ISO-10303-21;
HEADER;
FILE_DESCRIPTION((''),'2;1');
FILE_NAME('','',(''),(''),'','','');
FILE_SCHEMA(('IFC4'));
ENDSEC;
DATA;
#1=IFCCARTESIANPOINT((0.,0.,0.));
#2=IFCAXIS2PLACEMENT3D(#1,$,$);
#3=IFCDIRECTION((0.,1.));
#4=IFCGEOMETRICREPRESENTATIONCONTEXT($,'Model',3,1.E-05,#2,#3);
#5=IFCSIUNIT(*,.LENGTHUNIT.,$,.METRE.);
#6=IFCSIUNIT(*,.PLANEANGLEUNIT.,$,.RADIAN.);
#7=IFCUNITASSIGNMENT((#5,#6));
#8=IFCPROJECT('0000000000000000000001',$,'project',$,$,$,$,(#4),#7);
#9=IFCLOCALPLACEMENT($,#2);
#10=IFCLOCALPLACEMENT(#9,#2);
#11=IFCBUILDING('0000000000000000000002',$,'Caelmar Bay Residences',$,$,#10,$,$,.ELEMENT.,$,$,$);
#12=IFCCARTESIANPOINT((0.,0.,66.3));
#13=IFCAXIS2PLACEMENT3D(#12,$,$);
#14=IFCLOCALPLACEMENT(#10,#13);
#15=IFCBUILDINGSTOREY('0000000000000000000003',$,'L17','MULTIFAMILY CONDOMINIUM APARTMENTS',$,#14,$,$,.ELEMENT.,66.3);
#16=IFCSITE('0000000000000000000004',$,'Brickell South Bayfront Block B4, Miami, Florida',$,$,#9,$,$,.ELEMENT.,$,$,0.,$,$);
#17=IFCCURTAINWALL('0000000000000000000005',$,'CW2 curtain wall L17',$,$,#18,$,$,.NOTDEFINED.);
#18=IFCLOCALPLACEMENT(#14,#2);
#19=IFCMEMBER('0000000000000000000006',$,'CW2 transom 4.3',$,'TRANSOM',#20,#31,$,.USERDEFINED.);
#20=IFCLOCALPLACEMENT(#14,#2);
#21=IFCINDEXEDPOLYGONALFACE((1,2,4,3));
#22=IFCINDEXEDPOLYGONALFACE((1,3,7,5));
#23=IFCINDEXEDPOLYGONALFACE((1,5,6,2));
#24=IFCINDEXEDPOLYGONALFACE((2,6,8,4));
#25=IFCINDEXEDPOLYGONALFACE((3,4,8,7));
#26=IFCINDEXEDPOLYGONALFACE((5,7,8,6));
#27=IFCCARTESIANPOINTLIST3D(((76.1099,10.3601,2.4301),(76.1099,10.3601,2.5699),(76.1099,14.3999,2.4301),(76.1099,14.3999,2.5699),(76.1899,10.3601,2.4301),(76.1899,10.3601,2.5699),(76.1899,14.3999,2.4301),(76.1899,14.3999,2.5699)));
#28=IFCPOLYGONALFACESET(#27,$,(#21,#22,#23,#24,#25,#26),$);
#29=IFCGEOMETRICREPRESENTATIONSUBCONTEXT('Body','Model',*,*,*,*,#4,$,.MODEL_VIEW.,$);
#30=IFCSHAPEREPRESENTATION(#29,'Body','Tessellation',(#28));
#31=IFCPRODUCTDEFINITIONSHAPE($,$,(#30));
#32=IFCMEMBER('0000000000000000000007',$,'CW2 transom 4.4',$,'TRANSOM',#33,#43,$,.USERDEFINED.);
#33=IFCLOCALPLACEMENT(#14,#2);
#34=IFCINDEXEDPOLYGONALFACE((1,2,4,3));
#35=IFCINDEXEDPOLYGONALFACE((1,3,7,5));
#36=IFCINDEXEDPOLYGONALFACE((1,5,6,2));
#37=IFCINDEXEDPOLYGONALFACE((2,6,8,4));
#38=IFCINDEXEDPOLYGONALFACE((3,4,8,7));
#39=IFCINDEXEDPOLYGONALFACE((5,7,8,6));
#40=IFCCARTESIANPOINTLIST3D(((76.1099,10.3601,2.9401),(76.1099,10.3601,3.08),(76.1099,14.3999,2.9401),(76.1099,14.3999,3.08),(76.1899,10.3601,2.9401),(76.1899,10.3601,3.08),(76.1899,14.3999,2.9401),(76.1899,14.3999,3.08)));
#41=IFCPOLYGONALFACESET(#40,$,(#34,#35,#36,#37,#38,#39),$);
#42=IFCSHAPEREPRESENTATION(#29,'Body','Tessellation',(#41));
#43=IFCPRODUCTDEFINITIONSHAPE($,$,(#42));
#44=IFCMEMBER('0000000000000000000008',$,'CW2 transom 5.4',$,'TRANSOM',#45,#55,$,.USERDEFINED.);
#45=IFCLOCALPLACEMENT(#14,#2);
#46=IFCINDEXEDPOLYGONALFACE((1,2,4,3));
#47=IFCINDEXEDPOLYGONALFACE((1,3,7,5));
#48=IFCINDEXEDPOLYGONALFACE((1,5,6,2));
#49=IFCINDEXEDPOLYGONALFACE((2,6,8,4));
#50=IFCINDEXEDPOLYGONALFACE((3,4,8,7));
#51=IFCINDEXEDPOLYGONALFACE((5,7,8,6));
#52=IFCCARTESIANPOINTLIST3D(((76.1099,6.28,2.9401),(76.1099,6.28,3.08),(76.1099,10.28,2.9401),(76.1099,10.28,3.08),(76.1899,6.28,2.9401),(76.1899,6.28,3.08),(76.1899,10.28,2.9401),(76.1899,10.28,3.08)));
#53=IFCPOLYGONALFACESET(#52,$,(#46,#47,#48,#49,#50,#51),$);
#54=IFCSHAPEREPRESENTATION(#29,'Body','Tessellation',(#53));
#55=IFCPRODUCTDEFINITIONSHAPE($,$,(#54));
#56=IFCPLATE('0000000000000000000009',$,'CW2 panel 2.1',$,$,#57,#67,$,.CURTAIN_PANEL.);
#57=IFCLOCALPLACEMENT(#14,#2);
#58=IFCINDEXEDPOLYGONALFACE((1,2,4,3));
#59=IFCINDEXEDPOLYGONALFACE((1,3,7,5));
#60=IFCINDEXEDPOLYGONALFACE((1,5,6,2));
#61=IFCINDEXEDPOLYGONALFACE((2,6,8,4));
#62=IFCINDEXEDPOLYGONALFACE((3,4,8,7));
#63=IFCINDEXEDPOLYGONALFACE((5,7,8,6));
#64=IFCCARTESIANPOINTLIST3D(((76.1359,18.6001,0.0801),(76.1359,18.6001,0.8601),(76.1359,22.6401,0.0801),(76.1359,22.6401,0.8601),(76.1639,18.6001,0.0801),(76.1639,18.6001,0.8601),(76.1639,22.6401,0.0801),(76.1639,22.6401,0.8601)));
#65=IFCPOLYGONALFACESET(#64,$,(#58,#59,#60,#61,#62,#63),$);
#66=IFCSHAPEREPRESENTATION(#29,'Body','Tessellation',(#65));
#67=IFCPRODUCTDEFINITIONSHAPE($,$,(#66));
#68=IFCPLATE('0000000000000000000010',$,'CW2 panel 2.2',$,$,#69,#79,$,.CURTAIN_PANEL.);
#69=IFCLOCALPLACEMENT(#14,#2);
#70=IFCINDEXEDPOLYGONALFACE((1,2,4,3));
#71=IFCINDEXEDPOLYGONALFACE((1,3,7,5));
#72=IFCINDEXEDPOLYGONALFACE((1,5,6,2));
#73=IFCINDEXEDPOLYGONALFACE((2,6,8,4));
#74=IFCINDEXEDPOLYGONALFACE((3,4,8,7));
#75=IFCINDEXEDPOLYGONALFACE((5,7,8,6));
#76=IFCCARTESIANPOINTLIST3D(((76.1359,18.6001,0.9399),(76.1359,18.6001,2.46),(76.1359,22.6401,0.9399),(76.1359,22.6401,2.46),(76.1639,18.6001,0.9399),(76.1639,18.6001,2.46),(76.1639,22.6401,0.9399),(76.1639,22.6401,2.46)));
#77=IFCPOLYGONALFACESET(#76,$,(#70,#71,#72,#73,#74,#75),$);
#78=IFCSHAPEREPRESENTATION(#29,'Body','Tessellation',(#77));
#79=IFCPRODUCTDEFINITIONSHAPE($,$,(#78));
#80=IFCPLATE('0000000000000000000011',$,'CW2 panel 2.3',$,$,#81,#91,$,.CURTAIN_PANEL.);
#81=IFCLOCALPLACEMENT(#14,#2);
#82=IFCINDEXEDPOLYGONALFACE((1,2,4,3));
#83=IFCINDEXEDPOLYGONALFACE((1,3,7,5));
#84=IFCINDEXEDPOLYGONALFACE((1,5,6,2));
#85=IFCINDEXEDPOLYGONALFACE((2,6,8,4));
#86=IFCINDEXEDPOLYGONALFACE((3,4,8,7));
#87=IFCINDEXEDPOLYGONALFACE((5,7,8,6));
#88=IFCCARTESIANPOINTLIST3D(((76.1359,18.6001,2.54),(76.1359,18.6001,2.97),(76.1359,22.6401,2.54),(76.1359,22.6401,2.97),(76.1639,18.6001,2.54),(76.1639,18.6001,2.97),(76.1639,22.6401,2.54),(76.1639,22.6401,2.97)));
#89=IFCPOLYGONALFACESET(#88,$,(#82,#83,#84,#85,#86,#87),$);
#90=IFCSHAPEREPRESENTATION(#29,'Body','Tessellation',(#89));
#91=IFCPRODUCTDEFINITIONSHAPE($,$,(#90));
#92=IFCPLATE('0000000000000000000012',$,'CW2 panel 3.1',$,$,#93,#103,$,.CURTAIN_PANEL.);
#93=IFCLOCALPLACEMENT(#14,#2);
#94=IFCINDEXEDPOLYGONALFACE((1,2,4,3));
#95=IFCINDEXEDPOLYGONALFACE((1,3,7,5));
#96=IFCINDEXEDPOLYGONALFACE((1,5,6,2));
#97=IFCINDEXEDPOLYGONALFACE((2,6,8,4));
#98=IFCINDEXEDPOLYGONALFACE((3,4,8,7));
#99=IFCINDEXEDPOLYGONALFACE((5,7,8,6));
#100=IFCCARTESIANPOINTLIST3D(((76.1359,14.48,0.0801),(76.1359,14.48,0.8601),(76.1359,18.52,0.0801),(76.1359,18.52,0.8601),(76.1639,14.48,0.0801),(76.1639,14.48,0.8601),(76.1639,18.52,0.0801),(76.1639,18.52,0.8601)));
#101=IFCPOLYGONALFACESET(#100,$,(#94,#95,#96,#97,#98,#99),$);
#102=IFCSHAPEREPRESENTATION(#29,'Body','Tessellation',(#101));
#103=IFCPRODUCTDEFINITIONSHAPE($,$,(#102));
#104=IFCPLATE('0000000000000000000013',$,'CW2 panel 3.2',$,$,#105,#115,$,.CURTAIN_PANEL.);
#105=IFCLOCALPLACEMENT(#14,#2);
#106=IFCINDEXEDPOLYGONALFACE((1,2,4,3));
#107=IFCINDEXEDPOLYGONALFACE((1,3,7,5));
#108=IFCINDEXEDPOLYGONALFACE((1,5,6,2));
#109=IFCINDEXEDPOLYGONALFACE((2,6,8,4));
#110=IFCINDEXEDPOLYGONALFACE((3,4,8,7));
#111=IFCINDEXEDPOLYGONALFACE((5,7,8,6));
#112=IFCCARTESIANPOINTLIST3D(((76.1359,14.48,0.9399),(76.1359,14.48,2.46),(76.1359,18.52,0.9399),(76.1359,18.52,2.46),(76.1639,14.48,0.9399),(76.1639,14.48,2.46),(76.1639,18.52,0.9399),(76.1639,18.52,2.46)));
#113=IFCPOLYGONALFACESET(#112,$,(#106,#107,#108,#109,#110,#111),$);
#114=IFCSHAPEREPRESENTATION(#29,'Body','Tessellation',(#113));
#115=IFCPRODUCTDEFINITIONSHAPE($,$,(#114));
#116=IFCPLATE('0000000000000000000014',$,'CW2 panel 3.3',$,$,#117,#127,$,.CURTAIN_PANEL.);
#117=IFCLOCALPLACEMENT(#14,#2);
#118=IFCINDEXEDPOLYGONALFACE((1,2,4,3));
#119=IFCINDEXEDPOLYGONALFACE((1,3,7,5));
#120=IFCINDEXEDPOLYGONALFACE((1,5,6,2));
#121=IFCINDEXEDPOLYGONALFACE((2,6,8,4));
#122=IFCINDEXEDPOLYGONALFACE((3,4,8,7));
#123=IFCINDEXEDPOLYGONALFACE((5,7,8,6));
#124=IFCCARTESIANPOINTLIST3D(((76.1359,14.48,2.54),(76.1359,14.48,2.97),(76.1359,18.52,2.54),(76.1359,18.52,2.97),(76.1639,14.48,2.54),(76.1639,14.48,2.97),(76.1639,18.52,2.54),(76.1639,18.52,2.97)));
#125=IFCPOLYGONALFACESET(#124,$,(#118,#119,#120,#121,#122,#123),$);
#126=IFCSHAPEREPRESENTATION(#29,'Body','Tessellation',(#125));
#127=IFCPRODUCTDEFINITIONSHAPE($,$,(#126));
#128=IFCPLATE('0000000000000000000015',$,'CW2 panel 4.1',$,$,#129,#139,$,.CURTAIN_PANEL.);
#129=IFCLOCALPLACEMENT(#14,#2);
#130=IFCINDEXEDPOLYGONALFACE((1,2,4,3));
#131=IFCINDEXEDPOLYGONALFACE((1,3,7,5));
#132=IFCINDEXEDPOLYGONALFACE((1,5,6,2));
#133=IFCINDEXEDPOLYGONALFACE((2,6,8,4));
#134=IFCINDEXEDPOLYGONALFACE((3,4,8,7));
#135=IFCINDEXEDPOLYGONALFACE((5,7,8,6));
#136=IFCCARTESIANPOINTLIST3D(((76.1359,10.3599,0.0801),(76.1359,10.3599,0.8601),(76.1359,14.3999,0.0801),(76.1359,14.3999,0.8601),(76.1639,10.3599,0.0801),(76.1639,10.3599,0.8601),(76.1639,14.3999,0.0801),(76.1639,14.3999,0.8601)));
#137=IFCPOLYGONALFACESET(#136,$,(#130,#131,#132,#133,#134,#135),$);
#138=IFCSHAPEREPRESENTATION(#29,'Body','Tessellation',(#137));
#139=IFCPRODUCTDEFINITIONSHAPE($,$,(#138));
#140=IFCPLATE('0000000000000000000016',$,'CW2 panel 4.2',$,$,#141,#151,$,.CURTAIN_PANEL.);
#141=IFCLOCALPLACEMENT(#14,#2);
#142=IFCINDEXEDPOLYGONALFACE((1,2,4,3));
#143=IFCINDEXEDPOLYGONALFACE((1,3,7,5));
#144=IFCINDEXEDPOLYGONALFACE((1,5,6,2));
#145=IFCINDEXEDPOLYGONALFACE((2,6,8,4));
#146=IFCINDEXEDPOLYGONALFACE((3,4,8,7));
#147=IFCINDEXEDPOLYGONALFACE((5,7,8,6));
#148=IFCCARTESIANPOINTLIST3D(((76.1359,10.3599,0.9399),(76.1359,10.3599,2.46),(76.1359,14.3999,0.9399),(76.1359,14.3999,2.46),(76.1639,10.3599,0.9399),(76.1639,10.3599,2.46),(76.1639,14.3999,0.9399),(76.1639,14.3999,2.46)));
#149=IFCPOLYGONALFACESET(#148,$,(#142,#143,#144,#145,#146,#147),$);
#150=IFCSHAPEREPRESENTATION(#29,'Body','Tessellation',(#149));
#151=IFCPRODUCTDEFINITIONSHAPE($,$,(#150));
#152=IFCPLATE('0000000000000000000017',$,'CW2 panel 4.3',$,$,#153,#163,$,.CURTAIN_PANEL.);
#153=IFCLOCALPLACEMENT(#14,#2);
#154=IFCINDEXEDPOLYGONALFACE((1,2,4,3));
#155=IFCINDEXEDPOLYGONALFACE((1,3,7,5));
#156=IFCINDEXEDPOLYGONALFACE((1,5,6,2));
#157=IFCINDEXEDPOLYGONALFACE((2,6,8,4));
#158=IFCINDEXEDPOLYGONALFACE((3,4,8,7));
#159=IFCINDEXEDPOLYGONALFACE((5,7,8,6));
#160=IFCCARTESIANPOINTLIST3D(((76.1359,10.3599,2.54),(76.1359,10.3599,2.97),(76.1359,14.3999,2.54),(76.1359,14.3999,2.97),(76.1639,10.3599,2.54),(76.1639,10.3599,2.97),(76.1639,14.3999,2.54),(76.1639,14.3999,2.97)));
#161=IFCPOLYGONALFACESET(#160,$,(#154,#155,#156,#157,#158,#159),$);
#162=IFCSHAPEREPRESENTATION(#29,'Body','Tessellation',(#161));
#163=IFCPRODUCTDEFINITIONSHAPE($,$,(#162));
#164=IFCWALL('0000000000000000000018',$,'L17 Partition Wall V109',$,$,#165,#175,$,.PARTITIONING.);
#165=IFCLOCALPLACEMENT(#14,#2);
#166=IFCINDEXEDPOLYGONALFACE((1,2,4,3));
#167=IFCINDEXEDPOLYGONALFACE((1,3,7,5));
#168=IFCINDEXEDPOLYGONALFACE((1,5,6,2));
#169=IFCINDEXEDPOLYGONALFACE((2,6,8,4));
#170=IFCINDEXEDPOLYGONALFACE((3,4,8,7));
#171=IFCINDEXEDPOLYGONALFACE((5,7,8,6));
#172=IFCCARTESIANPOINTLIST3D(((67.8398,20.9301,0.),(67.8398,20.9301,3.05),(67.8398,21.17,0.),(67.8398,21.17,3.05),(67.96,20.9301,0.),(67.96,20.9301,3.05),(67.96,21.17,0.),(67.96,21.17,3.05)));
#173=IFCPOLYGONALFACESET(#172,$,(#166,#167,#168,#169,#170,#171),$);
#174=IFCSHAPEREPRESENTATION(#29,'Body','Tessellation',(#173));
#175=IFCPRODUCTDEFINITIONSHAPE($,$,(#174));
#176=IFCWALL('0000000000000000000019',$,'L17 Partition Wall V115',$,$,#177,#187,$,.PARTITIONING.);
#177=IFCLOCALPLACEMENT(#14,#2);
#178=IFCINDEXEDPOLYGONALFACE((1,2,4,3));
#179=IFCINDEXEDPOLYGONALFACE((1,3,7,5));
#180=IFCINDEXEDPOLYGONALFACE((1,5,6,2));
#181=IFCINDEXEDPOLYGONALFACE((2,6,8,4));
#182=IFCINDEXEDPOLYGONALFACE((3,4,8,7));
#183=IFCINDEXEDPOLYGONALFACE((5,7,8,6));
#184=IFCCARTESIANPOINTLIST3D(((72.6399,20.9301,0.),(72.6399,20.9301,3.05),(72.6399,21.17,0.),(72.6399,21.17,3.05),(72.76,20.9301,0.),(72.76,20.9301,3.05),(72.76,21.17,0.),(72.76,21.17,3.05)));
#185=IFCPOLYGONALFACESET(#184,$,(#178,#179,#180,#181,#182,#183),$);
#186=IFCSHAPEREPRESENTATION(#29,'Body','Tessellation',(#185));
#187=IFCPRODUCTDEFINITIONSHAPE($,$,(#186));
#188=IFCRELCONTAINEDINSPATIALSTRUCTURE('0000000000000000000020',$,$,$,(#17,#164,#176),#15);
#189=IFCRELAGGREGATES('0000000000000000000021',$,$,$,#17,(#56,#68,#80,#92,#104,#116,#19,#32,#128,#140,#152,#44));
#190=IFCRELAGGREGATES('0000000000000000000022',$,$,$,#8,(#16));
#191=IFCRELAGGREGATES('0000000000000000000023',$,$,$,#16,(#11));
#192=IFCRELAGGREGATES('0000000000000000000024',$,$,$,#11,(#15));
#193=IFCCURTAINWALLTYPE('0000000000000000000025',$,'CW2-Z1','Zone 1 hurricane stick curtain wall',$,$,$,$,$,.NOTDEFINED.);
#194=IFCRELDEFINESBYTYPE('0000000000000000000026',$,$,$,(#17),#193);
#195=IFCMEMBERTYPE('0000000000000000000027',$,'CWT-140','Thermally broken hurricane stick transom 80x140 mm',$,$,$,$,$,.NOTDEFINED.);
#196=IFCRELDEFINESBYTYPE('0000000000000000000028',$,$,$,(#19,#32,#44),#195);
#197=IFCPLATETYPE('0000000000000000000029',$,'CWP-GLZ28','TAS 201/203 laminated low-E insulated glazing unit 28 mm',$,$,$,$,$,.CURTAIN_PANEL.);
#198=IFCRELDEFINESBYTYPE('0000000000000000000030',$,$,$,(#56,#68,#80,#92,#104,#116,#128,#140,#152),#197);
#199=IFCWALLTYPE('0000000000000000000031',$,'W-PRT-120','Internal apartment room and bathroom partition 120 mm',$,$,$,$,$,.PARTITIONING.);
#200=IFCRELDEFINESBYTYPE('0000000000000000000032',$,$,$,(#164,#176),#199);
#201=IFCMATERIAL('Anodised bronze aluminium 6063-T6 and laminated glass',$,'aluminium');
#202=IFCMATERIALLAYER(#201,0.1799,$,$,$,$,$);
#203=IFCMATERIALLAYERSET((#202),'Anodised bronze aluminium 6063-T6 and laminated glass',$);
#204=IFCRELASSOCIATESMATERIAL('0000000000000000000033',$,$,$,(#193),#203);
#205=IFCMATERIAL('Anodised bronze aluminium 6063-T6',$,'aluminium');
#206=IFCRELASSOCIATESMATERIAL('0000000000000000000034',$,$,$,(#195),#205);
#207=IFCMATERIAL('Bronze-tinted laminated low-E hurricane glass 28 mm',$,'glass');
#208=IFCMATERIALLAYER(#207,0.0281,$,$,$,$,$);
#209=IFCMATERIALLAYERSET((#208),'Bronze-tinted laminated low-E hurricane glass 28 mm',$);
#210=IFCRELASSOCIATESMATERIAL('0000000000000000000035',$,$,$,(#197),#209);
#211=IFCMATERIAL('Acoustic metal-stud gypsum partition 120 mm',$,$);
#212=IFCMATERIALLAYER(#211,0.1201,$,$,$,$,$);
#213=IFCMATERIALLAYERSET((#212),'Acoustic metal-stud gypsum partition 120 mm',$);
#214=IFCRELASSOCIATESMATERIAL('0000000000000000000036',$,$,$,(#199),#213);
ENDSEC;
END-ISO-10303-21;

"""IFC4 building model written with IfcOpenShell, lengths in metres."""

from ifc_helpers import new_model, si_unit, direction, frame, frame_2d, origin, origin_2d, place, context, subcontext, project, spatial, rectangle, extrude, material, layer, layer_set, material_profile, profile_set, type_object, element, aggregate, save


model = new_model("IFC4")

# Units and contexts
model_context = context("Model", 3, precision=1e-05, world=origin(), true_north=direction((0.0, 1.0)))
body_context = subcontext(model_context, "Body", "Model", "MODEL_VIEW")
ifc_project = project(units=[si_unit("LENGTHUNIT", "METRE"), si_unit("PLANEANGLEUNIT", "RADIAN")], contexts=[model_context])

# Site, building, storey
site_placement = place(None, origin())
site = spatial("IfcSite", under=ifc_project, at=site_placement, Name="Brickell South Bayfront Block B4, Miami, Florida", CompositionType="ELEMENT", RefElevation=0.0)
building_placement = place(site_placement, origin())
building = spatial("IfcBuilding", under=site, at=building_placement, Name="Caelmar Bay Residences", CompositionType="ELEMENT")
storey_placement = place(building_placement, frame((0.0, 0.0, 66.3)))
storey = spatial("IfcBuildingStorey", under=building, at=storey_placement, Name="L17", Description="MULTIFAMILY CONDOMINIUM APARTMENTS", CompositionType="ELEMENT", Elevation=66.3)

# Curtain wall, members, plates
ifc_material_1 = material(Name="Anodised bronze aluminium 6063-T6 and laminated glass", Category="aluminium")
ifc_layer_1 = layer(ifc_material_1, 0.1799)
ifc_layer_set_1 = layer_set([ifc_layer_1], Name="Anodised bronze aluminium 6063-T6 and laminated glass")
curtain_wall_type = type_object("IfcCurtainWallType", Name="CW2-Z1", Description="Zone 1 hurricane stick curtain wall", PredefinedType="NOTDEFINED", material=ifc_layer_set_1)
curtain_wall_placement = place(storey_placement, origin())
curtain_wall = element("IfcCurtainWall", 1, at=curtain_wall_placement, inside=storey, type_object=curtain_wall_type, Name="CW2 curtain wall L17", PredefinedType="NOTDEFINED")
ifc_material_2 = material(Name="Anodised bronze aluminium 6063-T6", Category="aluminium")
ifc_material_profile_1 = material_profile(ifc_material_2, rectangle(XDim=0.0801, YDim=0.1399, at=origin_2d()), Name="CWT-80X140")
ifc_profile_set_1 = profile_set([ifc_material_profile_1], Name="Anodised bronze aluminium 6063-T6")
member_type_1 = type_object("IfcMemberType", Name="CWT-140", Description="Thermally broken hurricane stick transom 80x140 mm", PredefinedType="NOTDEFINED", material=ifc_profile_set_1)
member_1_placement = place(storey_placement, frame((76.1499, 14.3999, 2.5), z_axis=(0.0, -1.0, 0.0), x_axis=(1.0, 0.0, 0.0)))
member_1 = element("IfcMember", 2, at=member_1_placement, type_object=member_type_1, Name="CW2 transom 4.3", ObjectType="TRANSOM", PredefinedType="USERDEFINED", context=body_context, shape_type="SweptSolid", body=[
    extrude(rectangle(XDim=0.0801, YDim=0.1399, at=origin_2d()), origin(), (0.0, 0.0, 1.0), 4.0398),
])
member_2_placement = place(storey_placement, frame((76.1499, 14.3999, 3.01), z_axis=(0.0, -1.0, 0.0), x_axis=(1.0, 0.0, 0.0)))
member_2 = element("IfcMember", 3, at=member_2_placement, type_object=member_type_1, Name="CW2 transom 4.4", ObjectType="TRANSOM", PredefinedType="USERDEFINED", context=body_context, shape_type="SweptSolid", body=[
    extrude(rectangle(XDim=0.0801, YDim=0.1399, at=origin_2d()), origin(), (0.0, 0.0, 1.0), 4.0398),
])
member_3_placement = place(storey_placement, frame((76.1499, 10.28, 3.01), z_axis=(0.0, -1.0, 0.0), x_axis=(1.0, 0.0, 0.0)))
member_3 = element("IfcMember", 4, at=member_3_placement, type_object=member_type_1, Name="CW2 transom 5.4", ObjectType="TRANSOM", PredefinedType="USERDEFINED", context=body_context, shape_type="SweptSolid", body=[
    extrude(rectangle(XDim=0.0801, YDim=0.1399, at=origin_2d()), origin(), (0.0, 0.0, 1.0), 4.0),
])
ifc_material_3 = material(Name="Bronze-tinted laminated low-E hurricane glass 28 mm", Category="glass")
ifc_layer_2 = layer(ifc_material_3, 0.0281)
ifc_layer_set_2 = layer_set([ifc_layer_2], Name="Bronze-tinted laminated low-E hurricane glass 28 mm")
plate_type = type_object("IfcPlateType", Name="CWP-GLZ28", Description="TAS 201/203 laminated low-E insulated glazing unit 28 mm", PredefinedType="CURTAIN_PANEL", material=ifc_layer_set_2)
plate_1_placement = place(storey_placement, frame((76.1499, 20.6201, 0.0801), z_axis=(0.0, 0.0, 1.0), x_axis=(0.0, -1.0, 0.0)))
plate_1 = element("IfcPlate", 5, at=plate_1_placement, type_object=plate_type, Name="CW2 panel 2.1", PredefinedType="CURTAIN_PANEL", context=body_context, shape_type="SweptSolid", body=[
    extrude(rectangle(XDim=4.04, YDim=0.0281, at=origin_2d()), origin(), (0.0, 0.0, 1.0), 0.78),
])
plate_2_placement = place(storey_placement, frame((76.1499, 20.6201, 0.9399), z_axis=(0.0, 0.0, 1.0), x_axis=(0.0, -1.0, 0.0)))
plate_2 = element("IfcPlate", 6, at=plate_2_placement, type_object=plate_type, Name="CW2 panel 2.2", PredefinedType="CURTAIN_PANEL", context=body_context, shape_type="SweptSolid", body=[
    extrude(rectangle(XDim=4.04, YDim=0.0281, at=origin_2d()), origin(), (0.0, 0.0, 1.0), 1.52),
])
plate_3_placement = place(storey_placement, frame((76.1499, 20.6201, 2.54), z_axis=(0.0, 0.0, 1.0), x_axis=(0.0, -1.0, 0.0)))
plate_3 = element("IfcPlate", 7, at=plate_3_placement, type_object=plate_type, Name="CW2 panel 2.3", PredefinedType="CURTAIN_PANEL", context=body_context, shape_type="SweptSolid", body=[
    extrude(rectangle(XDim=4.04, YDim=0.0281, at=origin_2d()), origin(), (0.0, 0.0, 1.0), 0.4299),
])
plate_4_placement = place(storey_placement, frame((76.1499, 16.5, 0.0801), z_axis=(0.0, 0.0, 1.0), x_axis=(0.0, -1.0, 0.0)))
plate_4 = element("IfcPlate", 8, at=plate_4_placement, type_object=plate_type, Name="CW2 panel 3.1", PredefinedType="CURTAIN_PANEL", context=body_context, shape_type="SweptSolid", body=[
    extrude(rectangle(XDim=4.04, YDim=0.0281, at=origin_2d()), origin(), (0.0, 0.0, 1.0), 0.78),
])
plate_5_placement = place(storey_placement, frame((76.1499, 16.5, 0.9399), z_axis=(0.0, 0.0, 1.0), x_axis=(0.0, -1.0, 0.0)))
plate_5 = element("IfcPlate", 9, at=plate_5_placement, type_object=plate_type, Name="CW2 panel 3.2", PredefinedType="CURTAIN_PANEL", context=body_context, shape_type="SweptSolid", body=[
    extrude(rectangle(XDim=4.04, YDim=0.0281, at=origin_2d()), origin(), (0.0, 0.0, 1.0), 1.52),
])
plate_6_placement = place(storey_placement, frame((76.1499, 16.5, 2.54), z_axis=(0.0, 0.0, 1.0), x_axis=(0.0, -1.0, 0.0)))
plate_6 = element("IfcPlate", 10, at=plate_6_placement, type_object=plate_type, Name="CW2 panel 3.3", PredefinedType="CURTAIN_PANEL", context=body_context, shape_type="SweptSolid", body=[
    extrude(rectangle(XDim=4.04, YDim=0.0281, at=origin_2d()), origin(), (0.0, 0.0, 1.0), 0.4299),
])
plate_7_placement = place(storey_placement, frame((76.1499, 12.3799, 0.0801), z_axis=(0.0, 0.0, 1.0), x_axis=(0.0, -1.0, 0.0)))
plate_7 = element("IfcPlate", 11, at=plate_7_placement, type_object=plate_type, Name="CW2 panel 4.1", PredefinedType="CURTAIN_PANEL", context=body_context, shape_type="SweptSolid", body=[
    extrude(rectangle(XDim=4.04, YDim=0.0281, at=origin_2d()), origin(), (0.0, 0.0, 1.0), 0.78),
])
plate_8_placement = place(storey_placement, frame((76.1499, 12.3799, 0.9399), z_axis=(0.0, 0.0, 1.0), x_axis=(0.0, -1.0, 0.0)))
plate_8 = element("IfcPlate", 12, at=plate_8_placement, type_object=plate_type, Name="CW2 panel 4.2", PredefinedType="CURTAIN_PANEL", context=body_context, shape_type="SweptSolid", body=[
    extrude(rectangle(XDim=4.04, YDim=0.0281, at=origin_2d()), origin(), (0.0, 0.0, 1.0), 1.52),
])
plate_9_placement = place(storey_placement, frame((76.1499, 12.3799, 2.54), z_axis=(0.0, 0.0, 1.0), x_axis=(0.0, -1.0, 0.0)))
plate_9 = element("IfcPlate", 13, at=plate_9_placement, type_object=plate_type, Name="CW2 panel 4.3", PredefinedType="CURTAIN_PANEL", context=body_context, shape_type="SweptSolid", body=[
    extrude(rectangle(XDim=4.04, YDim=0.0281, at=origin_2d()), origin(), (0.0, 0.0, 1.0), 0.4299),
])
aggregate(curtain_wall, [plate_1, plate_2, plate_3, plate_4, plate_5, plate_6, member_1, member_2, plate_7, plate_8, plate_9, member_3])

# Walls
ifc_material_4 = material(Name="Acoustic metal-stud gypsum partition 120 mm")
ifc_layer_3 = layer(ifc_material_4, 0.1201)
ifc_layer_set_3 = layer_set([ifc_layer_3], Name="Acoustic metal-stud gypsum partition 120 mm")
wall_type = type_object("IfcWallType", Name="W-PRT-120", Description="Internal apartment room and bathroom partition 120 mm", PredefinedType="PARTITIONING", material=ifc_layer_set_3)
for number, where, z_axis, x_axis, name in (
    (14, (67.8999, 20.9299, 0.0), (0.0, 0.0, 1.0), (0.0, 1.0, 0.0), "L17 Partition Wall V109"),
    (15, (72.7, 20.9299, 0.0), (0.0, 0.0, 1.0), (0.0, 1.0, 0.0), "L17 Partition Wall V115"),
):
    element("IfcWall", number, at=place(storey_placement, frame(where, z_axis=z_axis, x_axis=x_axis)), inside=storey, type_object=wall_type, Name=name, PredefinedType="PARTITIONING", context=body_context, shape_type="SweptSolid", body=[
        extrude(rectangle(XDim=0.24, YDim=0.1201, at=frame_2d((0.1201, 0.0))), origin(), (0.0, 0.0, 1.0), 3.05),
    ])

save(model, "model.ifc")
